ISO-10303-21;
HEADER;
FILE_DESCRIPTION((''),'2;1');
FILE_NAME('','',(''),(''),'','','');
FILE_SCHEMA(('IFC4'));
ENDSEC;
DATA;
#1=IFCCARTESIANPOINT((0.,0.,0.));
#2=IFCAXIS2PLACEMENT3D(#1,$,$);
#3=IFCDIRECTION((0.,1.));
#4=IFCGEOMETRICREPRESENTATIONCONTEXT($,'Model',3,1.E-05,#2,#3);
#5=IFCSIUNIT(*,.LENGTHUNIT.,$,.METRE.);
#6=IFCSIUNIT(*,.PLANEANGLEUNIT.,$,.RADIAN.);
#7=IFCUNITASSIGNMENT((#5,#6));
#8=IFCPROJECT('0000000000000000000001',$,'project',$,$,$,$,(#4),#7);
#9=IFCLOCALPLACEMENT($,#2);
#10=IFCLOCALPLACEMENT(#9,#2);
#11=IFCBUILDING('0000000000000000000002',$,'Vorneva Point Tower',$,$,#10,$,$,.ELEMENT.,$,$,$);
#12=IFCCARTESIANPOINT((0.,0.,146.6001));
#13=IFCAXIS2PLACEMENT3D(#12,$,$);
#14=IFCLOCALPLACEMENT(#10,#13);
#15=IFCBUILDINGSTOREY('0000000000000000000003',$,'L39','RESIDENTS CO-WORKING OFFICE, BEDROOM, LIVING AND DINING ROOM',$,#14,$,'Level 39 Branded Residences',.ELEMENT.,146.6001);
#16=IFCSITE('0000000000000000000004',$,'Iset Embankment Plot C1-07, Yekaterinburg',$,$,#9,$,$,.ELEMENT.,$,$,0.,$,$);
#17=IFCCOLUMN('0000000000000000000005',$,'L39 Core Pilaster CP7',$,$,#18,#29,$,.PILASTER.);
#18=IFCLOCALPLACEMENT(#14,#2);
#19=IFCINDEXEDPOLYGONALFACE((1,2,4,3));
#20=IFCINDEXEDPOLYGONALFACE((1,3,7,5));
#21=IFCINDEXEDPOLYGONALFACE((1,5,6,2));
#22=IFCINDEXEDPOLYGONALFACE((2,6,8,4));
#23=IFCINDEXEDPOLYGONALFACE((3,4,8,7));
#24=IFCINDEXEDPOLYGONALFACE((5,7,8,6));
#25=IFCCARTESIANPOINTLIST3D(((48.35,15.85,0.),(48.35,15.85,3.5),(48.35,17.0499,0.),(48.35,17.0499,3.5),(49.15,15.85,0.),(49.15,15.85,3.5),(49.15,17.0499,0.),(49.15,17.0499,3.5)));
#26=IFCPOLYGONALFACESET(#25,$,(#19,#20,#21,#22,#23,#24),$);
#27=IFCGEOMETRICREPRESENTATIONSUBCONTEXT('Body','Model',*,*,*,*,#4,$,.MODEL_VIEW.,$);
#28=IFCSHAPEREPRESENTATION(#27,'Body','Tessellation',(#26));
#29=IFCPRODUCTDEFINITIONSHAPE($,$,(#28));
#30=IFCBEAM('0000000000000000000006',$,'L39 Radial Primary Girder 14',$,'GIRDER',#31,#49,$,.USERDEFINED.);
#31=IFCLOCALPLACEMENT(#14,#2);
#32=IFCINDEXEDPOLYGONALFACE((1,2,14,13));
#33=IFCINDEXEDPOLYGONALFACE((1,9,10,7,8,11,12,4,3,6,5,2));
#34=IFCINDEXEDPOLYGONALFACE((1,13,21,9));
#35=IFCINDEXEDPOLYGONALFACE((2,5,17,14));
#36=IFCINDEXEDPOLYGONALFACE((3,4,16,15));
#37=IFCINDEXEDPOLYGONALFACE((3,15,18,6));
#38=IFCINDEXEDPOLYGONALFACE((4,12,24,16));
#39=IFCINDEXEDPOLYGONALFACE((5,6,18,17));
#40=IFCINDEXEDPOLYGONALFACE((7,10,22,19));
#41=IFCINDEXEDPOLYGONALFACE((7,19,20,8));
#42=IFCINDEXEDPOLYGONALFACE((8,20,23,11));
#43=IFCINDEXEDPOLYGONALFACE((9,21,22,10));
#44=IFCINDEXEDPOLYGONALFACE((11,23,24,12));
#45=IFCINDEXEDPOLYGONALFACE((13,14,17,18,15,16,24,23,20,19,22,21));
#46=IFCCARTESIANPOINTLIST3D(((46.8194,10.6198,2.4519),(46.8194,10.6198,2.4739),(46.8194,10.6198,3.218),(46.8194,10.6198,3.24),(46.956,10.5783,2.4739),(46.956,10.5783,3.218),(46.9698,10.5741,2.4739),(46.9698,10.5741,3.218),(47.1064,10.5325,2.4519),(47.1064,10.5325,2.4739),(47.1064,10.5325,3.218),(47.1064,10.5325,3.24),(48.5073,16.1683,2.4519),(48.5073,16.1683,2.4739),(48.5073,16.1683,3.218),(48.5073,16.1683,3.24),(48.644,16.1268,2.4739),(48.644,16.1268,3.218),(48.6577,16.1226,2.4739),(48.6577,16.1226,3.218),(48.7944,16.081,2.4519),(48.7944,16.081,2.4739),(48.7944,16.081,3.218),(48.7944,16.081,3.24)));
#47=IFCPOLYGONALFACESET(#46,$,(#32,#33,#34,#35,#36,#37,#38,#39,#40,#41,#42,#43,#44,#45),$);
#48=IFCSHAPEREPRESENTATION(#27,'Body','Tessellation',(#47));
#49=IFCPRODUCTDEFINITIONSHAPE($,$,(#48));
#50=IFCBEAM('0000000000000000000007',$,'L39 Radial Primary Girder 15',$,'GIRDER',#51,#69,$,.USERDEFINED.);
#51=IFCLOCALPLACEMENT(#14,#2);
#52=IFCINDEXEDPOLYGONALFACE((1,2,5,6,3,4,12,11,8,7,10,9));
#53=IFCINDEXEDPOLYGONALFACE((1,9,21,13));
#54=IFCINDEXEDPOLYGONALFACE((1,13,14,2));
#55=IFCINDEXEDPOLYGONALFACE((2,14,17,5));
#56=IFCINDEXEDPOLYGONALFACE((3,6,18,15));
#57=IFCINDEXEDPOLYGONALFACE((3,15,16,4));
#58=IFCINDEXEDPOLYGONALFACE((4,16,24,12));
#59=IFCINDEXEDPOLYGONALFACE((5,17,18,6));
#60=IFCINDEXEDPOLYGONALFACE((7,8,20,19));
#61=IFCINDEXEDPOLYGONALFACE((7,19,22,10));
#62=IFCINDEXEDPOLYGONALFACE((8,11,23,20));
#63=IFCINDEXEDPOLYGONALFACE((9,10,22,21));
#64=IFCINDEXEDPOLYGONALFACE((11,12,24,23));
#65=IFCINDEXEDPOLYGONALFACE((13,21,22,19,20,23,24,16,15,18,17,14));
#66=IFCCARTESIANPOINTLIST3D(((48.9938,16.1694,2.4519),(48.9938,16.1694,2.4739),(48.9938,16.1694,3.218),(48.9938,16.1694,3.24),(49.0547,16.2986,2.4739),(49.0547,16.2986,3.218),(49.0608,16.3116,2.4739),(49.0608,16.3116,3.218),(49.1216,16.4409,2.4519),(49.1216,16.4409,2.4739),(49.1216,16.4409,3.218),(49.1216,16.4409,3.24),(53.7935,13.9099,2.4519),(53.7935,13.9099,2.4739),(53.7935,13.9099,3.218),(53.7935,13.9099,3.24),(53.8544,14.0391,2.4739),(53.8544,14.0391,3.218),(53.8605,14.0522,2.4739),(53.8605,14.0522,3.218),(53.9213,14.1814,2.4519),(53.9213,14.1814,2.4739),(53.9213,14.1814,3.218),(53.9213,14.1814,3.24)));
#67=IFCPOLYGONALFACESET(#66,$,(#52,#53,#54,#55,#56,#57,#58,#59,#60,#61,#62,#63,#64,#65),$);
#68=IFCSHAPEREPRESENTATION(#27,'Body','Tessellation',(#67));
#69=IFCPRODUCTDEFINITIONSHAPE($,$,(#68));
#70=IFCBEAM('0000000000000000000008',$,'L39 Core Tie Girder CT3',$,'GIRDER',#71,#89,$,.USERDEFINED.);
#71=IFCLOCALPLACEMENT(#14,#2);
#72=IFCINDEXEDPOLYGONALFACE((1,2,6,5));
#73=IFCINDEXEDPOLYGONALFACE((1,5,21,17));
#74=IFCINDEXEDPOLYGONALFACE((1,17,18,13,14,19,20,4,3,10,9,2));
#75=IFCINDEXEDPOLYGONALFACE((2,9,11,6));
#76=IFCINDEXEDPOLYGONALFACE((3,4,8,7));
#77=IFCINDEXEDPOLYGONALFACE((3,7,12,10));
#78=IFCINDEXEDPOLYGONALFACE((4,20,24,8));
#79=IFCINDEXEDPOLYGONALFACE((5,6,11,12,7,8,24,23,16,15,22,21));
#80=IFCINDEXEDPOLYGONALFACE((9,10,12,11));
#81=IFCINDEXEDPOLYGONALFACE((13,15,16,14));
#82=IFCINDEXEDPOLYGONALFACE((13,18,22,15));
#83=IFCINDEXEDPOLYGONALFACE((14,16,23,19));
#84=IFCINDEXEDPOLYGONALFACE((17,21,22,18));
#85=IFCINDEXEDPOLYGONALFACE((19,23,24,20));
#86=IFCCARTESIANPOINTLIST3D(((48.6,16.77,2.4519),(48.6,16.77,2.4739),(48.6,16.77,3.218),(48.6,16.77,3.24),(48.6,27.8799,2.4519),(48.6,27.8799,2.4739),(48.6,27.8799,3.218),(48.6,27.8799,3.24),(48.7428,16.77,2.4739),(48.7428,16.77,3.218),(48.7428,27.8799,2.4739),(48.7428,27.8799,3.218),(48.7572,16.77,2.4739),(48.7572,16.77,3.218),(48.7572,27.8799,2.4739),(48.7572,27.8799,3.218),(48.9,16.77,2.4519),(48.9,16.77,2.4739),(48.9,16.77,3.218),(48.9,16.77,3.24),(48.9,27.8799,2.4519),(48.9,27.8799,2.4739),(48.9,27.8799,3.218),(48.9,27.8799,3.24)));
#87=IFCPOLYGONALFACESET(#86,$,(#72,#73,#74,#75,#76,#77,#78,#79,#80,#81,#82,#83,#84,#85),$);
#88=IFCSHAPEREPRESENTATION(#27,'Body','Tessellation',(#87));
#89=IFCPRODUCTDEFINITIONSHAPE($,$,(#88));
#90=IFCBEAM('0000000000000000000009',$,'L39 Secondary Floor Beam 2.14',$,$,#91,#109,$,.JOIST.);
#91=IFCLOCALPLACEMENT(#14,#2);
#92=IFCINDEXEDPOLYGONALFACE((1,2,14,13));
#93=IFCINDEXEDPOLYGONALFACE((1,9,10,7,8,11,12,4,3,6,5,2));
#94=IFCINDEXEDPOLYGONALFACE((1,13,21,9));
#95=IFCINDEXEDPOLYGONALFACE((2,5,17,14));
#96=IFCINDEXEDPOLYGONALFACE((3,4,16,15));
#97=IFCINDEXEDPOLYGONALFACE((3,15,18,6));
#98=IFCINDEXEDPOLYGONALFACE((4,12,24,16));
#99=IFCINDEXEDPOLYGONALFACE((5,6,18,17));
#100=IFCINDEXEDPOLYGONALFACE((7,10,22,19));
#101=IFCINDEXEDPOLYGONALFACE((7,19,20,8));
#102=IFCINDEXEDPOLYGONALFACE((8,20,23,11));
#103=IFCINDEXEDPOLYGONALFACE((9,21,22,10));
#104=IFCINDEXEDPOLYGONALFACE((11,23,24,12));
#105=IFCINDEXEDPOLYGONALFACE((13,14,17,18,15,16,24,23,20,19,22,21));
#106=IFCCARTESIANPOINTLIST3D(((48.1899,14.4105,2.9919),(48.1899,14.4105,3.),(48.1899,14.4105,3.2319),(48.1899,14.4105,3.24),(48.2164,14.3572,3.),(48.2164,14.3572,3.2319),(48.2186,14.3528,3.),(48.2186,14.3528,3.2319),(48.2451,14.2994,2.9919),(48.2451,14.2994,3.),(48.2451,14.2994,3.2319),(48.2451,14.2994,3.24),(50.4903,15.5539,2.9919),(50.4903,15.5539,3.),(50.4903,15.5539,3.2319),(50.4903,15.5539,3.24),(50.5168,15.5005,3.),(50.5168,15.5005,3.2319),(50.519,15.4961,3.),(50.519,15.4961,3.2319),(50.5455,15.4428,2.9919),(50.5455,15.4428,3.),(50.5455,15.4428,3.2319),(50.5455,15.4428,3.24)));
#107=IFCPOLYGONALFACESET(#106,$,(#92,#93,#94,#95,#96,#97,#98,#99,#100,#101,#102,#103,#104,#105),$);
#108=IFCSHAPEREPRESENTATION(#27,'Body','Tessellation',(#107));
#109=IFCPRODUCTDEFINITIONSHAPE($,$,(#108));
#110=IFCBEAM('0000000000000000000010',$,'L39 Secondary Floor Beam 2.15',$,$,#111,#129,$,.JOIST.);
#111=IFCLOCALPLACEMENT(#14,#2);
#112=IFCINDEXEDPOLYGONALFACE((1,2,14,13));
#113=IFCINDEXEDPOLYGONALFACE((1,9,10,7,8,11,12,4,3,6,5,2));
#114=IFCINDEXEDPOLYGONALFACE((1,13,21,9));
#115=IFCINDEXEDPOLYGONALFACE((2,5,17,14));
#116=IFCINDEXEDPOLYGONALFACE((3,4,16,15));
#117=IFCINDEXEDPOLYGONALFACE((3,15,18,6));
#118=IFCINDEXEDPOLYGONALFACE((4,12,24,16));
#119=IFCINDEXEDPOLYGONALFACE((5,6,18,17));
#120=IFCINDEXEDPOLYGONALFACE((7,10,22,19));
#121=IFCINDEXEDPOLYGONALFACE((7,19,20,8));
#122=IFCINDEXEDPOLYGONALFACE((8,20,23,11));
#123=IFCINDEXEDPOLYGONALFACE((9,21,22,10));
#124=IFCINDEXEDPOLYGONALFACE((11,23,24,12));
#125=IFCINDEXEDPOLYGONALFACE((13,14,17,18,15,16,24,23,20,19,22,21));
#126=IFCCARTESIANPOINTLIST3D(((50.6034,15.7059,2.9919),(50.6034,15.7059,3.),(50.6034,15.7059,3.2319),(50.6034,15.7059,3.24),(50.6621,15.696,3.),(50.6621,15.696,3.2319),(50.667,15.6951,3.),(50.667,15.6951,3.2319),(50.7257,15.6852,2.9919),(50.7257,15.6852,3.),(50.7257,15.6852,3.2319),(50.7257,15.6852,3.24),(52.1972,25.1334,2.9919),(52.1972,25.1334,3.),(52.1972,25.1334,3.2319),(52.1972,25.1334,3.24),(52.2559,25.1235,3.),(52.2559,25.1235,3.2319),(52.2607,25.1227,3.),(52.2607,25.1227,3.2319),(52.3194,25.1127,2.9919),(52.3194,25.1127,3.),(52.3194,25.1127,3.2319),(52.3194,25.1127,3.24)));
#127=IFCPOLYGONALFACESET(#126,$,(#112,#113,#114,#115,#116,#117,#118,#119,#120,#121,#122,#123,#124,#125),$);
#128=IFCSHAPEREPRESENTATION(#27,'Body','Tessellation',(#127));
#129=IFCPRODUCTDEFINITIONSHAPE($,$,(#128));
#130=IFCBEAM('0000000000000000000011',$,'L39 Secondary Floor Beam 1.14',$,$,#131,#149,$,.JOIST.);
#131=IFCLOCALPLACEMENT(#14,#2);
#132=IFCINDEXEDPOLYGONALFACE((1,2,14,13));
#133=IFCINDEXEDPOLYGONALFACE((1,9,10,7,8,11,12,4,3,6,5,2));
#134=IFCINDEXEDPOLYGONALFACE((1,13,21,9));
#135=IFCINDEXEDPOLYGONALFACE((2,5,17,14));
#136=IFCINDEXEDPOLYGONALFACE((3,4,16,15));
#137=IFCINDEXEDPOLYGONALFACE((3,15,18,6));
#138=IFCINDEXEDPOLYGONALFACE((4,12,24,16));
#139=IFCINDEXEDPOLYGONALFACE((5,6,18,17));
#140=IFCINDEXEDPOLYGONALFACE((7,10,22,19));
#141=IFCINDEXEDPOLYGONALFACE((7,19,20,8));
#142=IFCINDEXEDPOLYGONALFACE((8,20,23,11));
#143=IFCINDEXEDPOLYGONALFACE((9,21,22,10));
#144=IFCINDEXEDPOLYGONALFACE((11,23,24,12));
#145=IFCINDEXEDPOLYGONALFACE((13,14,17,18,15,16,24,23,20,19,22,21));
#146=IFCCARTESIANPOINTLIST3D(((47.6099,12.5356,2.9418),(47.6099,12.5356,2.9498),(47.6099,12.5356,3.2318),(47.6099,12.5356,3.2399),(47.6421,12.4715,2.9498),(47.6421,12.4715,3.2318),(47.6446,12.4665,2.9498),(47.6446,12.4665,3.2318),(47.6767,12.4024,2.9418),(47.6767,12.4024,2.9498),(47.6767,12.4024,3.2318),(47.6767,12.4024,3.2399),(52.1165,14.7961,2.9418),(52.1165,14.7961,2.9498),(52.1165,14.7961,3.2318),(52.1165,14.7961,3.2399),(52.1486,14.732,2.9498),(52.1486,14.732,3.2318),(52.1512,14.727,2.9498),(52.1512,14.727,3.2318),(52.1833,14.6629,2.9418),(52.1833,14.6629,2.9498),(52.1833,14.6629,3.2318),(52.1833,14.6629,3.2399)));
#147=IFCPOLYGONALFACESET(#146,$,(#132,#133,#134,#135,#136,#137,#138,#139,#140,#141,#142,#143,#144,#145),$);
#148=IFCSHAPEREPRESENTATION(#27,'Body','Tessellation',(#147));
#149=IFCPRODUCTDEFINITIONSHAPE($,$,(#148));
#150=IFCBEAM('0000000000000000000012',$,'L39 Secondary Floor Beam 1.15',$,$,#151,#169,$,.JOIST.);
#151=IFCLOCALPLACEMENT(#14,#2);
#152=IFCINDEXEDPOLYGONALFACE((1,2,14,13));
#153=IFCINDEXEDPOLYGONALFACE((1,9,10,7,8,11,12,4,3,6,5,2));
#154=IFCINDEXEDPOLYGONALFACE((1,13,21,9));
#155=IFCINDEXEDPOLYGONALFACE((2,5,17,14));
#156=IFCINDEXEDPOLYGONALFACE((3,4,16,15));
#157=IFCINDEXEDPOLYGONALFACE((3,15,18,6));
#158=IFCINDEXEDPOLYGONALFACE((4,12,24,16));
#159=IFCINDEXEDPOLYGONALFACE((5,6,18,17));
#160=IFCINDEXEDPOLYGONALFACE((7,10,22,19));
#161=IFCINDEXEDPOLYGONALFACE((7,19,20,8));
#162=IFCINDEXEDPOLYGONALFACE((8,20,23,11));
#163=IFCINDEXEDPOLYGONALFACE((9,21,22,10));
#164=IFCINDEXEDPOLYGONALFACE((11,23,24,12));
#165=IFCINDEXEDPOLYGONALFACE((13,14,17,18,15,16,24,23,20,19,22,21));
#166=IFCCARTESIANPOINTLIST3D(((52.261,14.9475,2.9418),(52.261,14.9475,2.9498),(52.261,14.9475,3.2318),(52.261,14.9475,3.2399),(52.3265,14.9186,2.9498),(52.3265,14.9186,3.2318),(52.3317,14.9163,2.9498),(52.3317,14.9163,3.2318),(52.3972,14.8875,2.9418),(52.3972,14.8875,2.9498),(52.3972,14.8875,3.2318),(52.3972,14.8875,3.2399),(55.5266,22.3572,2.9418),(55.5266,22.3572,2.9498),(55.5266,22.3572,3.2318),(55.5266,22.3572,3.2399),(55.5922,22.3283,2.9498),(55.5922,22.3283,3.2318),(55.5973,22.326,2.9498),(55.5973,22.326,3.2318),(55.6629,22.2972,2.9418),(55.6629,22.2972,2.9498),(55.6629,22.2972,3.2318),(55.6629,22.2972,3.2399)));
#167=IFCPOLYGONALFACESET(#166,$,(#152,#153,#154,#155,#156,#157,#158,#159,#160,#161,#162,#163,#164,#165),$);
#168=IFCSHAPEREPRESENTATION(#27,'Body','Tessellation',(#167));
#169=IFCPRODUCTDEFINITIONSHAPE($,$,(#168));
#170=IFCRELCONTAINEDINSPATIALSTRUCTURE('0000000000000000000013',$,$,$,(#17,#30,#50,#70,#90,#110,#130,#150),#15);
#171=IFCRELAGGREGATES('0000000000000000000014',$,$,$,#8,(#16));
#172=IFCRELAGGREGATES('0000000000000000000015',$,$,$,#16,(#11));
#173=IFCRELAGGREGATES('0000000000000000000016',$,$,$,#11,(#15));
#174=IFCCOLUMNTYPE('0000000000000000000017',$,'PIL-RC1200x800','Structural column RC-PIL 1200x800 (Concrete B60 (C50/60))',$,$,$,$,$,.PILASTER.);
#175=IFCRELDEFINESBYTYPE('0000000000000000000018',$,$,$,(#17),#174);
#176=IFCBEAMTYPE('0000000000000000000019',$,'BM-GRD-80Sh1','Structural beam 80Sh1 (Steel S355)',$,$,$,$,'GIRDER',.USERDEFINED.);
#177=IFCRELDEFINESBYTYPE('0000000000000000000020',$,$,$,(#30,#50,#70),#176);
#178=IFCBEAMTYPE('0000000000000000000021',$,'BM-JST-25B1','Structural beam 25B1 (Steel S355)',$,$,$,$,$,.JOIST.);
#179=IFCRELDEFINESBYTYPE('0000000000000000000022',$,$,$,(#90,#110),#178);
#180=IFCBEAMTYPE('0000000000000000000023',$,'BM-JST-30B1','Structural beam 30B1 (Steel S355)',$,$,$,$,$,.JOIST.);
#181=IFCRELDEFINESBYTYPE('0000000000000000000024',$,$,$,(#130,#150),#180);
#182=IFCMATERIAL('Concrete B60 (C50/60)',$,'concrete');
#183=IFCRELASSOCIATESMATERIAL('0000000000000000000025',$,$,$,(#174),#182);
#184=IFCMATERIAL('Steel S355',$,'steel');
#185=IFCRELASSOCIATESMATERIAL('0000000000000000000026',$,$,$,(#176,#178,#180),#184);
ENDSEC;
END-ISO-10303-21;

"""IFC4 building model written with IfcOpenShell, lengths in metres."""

from ifc_helpers import new_model, si_unit, direction, frame, origin, origin_2d, place, context, subcontext, project, spatial, rectangle, i_section, extrude, material, material_profile, profile_set, type_object, element, save


model = new_model("IFC4")

# Units and contexts
model_context = context("Model", 3, precision=1e-05, world=origin(), true_north=direction((0.0, 1.0)))
body_context = subcontext(model_context, "Body", "Model", "MODEL_VIEW")
ifc_project = project(units=[si_unit("LENGTHUNIT", "METRE"), si_unit("PLANEANGLEUNIT", "RADIAN")], contexts=[model_context])

# Site, building, storey
site_placement = place(None, origin())
site = spatial("IfcSite", under=ifc_project, at=site_placement, Name="Iset Embankment Plot C1-07, Yekaterinburg", CompositionType="ELEMENT", RefElevation=0.0)
building_placement = place(site_placement, origin())
building = spatial("IfcBuilding", under=site, at=building_placement, Name="Vorneva Point Tower", CompositionType="ELEMENT")
storey_placement = place(building_placement, frame((0.0, 0.0, 146.6001)))
storey = spatial("IfcBuildingStorey", under=building, at=storey_placement, Name="L39", Description="RESIDENTS CO-WORKING OFFICE, BEDROOM, LIVING AND DINING ROOM", LongName="Level 39 Branded Residences", CompositionType="ELEMENT", Elevation=146.6001)

# Column
ifc_material_1 = material(Name="Concrete B60 (C50/60)", Category="concrete")
ifc_material_profile_1 = material_profile(ifc_material_1, rectangle(XDim=0.8, YDim=1.2, at=origin_2d()), Name="RC-PIL 1200x800")
ifc_profile_set_1 = profile_set([ifc_material_profile_1], Name="Concrete B60 (C50/60)")
column_type_1 = type_object("IfcColumnType", Name="PIL-RC1200x800", Description="Structural column RC-PIL 1200x800 (Concrete B60 (C50/60))", PredefinedType="PILASTER", material=ifc_profile_set_1)
column_placement = place(storey_placement, frame((48.75, 16.45, 0.0), z_axis=(0.0, 0.0, 1.0), x_axis=(1.0, 0.0, 0.0)))
element("IfcColumn", 1, at=column_placement, inside=storey, type_object=column_type_1, Name="L39 Core Pilaster CP7", PredefinedType="PILASTER", context=body_context, shape_type="SweptSolid", body=[
    extrude(rectangle(XDim=0.8, YDim=1.2, at=origin_2d()), origin(), (0.0, 0.0, 1.0), 3.5),
])

# Beams
ifc_material_2 = material(Name="Steel S355", Category="steel")
ifc_material_profile_2 = material_profile(ifc_material_2, i_section(OverallWidth=0.3, OverallDepth=0.7881, WebThickness=0.0144, FlangeThickness=0.022, at=origin_2d()), Name="80Sh1")
ifc_profile_set_2 = profile_set([ifc_material_profile_2], Name="Steel S355")
beam_type_1 = type_object("IfcBeamType", Name="BM-GRD-80Sh1", Description="Structural beam 80Sh1 (Steel S355)", ElementType="GIRDER", PredefinedType="USERDEFINED", material=ifc_profile_set_2)
beam_1_placement = place(storey_placement, frame((46.9629, 10.5762, 2.8459), z_axis=(0.291049, 0.956708, 0.0), x_axis=(-0.956708, 0.291049, 0.0)))
element("IfcBeam", 2, at=beam_1_placement, inside=storey, type_object=beam_type_1, Name="L39 Radial Primary Girder 14", ObjectType="GIRDER", PredefinedType="USERDEFINED", context=body_context, shape_type="SweptSolid", body=[
    extrude(i_section(OverallWidth=0.3, OverallDepth=0.7881, WebThickness=0.0144, FlangeThickness=0.022, at=origin_2d()), origin(), (0.0, 0.0, 1.0), 5.7996),
])
beam_2_placement = place(storey_placement, frame((53.8574, 14.0457, 2.8459), z_axis=(-0.904761, 0.425919, 0.0), x_axis=(-0.425919, -0.904761, 0.0)))
element("IfcBeam", 3, at=beam_2_placement, inside=storey, type_object=beam_type_1, Name="L39 Radial Primary Girder 15", ObjectType="GIRDER", PredefinedType="USERDEFINED", context=body_context, shape_type="SweptSolid", body=[
    extrude(i_section(OverallWidth=0.3, OverallDepth=0.7881, WebThickness=0.0144, FlangeThickness=0.022, at=origin_2d()), origin(), (0.0, 0.0, 1.0), 5.3049),
])
beam_3_placement = place(storey_placement, frame((48.75, 16.77, 2.8459), z_axis=(0.0, 1.0, 0.0), x_axis=(-1.0, 0.0, 0.0)))
element("IfcBeam", 4, at=beam_3_placement, inside=storey, type_object=beam_type_1, Name="L39 Core Tie Girder CT3", ObjectType="GIRDER", PredefinedType="USERDEFINED", context=body_context, shape_type="SweptSolid", body=[
    extrude(i_section(OverallWidth=0.3, OverallDepth=0.7881, WebThickness=0.0144, FlangeThickness=0.022, at=origin_2d()), origin(), (0.0, 0.0, 1.0), 11.1099),
])
ifc_material_profile_3 = material_profile(ifc_material_2, i_section(OverallWidth=0.124, OverallDepth=0.248, WebThickness=0.0049, FlangeThickness=0.0081, at=origin_2d()), Name="25B1")
ifc_profile_set_3 = profile_set([ifc_material_profile_3], Name="Steel S355")
beam_type_2 = type_object("IfcBeamType", Name="BM-JST-25B1", Description="Structural beam 25B1 (Steel S355)", PredefinedType="JOIST", material=ifc_profile_set_3)
beam_4_placement = place(storey_placement, frame((48.2175, 14.355, 3.116), z_axis=(0.895489, 0.445083, 0.0), x_axis=(-0.445083, 0.895489, 0.0)))
element("IfcBeam", 5, at=beam_4_placement, inside=storey, type_object=beam_type_2, Name="L39 Secondary Floor Beam 2.14", PredefinedType="JOIST", context=body_context, shape_type="SweptSolid", body=[
    extrude(i_section(OverallWidth=0.124, OverallDepth=0.248, WebThickness=0.0049, FlangeThickness=0.0081, at=origin_2d()), origin(), (0.0, 0.0, 1.0), 2.5688),
])
beam_5_placement = place(storey_placement, frame((50.6646, 15.6956, 3.116), z_axis=(0.166688, 0.98601, 0.0), x_axis=(-0.98601, 0.166688, 0.0)))
element("IfcBeam", 6, at=beam_5_placement, inside=storey, type_object=beam_type_2, Name="L39 Secondary Floor Beam 2.15", PredefinedType="JOIST", context=body_context, shape_type="SweptSolid", body=[
    extrude(i_section(OverallWidth=0.124, OverallDepth=0.248, WebThickness=0.0049, FlangeThickness=0.0081, at=origin_2d()), origin(), (0.0, 0.0, 1.0), 9.5613),
])
ifc_material_profile_4 = material_profile(ifc_material_2, i_section(OverallWidth=0.1489, OverallDepth=0.2981, WebThickness=0.0056, FlangeThickness=0.0081, at=origin_2d()), Name="30B1")
ifc_profile_set_4 = profile_set([ifc_material_profile_4], Name="Steel S355")
beam_type_3 = type_object("IfcBeamType", Name="BM-JST-30B1", Description="Structural beam 30B1 (Steel S355)", PredefinedType="JOIST", material=ifc_profile_set_4)
beam_6_placement = place(storey_placement, frame((47.6433, 12.469, 3.0908), z_axis=(0.893855, 0.448356, 0.0), x_axis=(-0.448356, 0.893855, 0.0)))
element("IfcBeam", 7, at=beam_6_placement, inside=storey, type_object=beam_type_3, Name="L39 Secondary Floor Beam 1.14", PredefinedType="JOIST", context=body_context, shape_type="SweptSolid", body=[
    extrude(i_section(OverallWidth=0.1489, OverallDepth=0.2981, WebThickness=0.0056, FlangeThickness=0.0081, at=origin_2d()), origin(), (0.0, 0.0, 1.0), 5.0417),
])
beam_7_placement = place(storey_placement, frame((52.3291, 14.9175, 3.0908), z_axis=(0.403294, 0.91507, 0.0), x_axis=(-0.91507, 0.403294, 0.0)))
element("IfcBeam", 8, at=beam_7_placement, inside=storey, type_object=beam_type_3, Name="L39 Secondary Floor Beam 1.15", PredefinedType="JOIST", context=body_context, shape_type="SweptSolid", body=[
    extrude(i_section(OverallWidth=0.1489, OverallDepth=0.2981, WebThickness=0.0056, FlangeThickness=0.0081, at=origin_2d()), origin(), (0.0, 0.0, 1.0), 8.0974),
])

save(model, "model.ifc")
